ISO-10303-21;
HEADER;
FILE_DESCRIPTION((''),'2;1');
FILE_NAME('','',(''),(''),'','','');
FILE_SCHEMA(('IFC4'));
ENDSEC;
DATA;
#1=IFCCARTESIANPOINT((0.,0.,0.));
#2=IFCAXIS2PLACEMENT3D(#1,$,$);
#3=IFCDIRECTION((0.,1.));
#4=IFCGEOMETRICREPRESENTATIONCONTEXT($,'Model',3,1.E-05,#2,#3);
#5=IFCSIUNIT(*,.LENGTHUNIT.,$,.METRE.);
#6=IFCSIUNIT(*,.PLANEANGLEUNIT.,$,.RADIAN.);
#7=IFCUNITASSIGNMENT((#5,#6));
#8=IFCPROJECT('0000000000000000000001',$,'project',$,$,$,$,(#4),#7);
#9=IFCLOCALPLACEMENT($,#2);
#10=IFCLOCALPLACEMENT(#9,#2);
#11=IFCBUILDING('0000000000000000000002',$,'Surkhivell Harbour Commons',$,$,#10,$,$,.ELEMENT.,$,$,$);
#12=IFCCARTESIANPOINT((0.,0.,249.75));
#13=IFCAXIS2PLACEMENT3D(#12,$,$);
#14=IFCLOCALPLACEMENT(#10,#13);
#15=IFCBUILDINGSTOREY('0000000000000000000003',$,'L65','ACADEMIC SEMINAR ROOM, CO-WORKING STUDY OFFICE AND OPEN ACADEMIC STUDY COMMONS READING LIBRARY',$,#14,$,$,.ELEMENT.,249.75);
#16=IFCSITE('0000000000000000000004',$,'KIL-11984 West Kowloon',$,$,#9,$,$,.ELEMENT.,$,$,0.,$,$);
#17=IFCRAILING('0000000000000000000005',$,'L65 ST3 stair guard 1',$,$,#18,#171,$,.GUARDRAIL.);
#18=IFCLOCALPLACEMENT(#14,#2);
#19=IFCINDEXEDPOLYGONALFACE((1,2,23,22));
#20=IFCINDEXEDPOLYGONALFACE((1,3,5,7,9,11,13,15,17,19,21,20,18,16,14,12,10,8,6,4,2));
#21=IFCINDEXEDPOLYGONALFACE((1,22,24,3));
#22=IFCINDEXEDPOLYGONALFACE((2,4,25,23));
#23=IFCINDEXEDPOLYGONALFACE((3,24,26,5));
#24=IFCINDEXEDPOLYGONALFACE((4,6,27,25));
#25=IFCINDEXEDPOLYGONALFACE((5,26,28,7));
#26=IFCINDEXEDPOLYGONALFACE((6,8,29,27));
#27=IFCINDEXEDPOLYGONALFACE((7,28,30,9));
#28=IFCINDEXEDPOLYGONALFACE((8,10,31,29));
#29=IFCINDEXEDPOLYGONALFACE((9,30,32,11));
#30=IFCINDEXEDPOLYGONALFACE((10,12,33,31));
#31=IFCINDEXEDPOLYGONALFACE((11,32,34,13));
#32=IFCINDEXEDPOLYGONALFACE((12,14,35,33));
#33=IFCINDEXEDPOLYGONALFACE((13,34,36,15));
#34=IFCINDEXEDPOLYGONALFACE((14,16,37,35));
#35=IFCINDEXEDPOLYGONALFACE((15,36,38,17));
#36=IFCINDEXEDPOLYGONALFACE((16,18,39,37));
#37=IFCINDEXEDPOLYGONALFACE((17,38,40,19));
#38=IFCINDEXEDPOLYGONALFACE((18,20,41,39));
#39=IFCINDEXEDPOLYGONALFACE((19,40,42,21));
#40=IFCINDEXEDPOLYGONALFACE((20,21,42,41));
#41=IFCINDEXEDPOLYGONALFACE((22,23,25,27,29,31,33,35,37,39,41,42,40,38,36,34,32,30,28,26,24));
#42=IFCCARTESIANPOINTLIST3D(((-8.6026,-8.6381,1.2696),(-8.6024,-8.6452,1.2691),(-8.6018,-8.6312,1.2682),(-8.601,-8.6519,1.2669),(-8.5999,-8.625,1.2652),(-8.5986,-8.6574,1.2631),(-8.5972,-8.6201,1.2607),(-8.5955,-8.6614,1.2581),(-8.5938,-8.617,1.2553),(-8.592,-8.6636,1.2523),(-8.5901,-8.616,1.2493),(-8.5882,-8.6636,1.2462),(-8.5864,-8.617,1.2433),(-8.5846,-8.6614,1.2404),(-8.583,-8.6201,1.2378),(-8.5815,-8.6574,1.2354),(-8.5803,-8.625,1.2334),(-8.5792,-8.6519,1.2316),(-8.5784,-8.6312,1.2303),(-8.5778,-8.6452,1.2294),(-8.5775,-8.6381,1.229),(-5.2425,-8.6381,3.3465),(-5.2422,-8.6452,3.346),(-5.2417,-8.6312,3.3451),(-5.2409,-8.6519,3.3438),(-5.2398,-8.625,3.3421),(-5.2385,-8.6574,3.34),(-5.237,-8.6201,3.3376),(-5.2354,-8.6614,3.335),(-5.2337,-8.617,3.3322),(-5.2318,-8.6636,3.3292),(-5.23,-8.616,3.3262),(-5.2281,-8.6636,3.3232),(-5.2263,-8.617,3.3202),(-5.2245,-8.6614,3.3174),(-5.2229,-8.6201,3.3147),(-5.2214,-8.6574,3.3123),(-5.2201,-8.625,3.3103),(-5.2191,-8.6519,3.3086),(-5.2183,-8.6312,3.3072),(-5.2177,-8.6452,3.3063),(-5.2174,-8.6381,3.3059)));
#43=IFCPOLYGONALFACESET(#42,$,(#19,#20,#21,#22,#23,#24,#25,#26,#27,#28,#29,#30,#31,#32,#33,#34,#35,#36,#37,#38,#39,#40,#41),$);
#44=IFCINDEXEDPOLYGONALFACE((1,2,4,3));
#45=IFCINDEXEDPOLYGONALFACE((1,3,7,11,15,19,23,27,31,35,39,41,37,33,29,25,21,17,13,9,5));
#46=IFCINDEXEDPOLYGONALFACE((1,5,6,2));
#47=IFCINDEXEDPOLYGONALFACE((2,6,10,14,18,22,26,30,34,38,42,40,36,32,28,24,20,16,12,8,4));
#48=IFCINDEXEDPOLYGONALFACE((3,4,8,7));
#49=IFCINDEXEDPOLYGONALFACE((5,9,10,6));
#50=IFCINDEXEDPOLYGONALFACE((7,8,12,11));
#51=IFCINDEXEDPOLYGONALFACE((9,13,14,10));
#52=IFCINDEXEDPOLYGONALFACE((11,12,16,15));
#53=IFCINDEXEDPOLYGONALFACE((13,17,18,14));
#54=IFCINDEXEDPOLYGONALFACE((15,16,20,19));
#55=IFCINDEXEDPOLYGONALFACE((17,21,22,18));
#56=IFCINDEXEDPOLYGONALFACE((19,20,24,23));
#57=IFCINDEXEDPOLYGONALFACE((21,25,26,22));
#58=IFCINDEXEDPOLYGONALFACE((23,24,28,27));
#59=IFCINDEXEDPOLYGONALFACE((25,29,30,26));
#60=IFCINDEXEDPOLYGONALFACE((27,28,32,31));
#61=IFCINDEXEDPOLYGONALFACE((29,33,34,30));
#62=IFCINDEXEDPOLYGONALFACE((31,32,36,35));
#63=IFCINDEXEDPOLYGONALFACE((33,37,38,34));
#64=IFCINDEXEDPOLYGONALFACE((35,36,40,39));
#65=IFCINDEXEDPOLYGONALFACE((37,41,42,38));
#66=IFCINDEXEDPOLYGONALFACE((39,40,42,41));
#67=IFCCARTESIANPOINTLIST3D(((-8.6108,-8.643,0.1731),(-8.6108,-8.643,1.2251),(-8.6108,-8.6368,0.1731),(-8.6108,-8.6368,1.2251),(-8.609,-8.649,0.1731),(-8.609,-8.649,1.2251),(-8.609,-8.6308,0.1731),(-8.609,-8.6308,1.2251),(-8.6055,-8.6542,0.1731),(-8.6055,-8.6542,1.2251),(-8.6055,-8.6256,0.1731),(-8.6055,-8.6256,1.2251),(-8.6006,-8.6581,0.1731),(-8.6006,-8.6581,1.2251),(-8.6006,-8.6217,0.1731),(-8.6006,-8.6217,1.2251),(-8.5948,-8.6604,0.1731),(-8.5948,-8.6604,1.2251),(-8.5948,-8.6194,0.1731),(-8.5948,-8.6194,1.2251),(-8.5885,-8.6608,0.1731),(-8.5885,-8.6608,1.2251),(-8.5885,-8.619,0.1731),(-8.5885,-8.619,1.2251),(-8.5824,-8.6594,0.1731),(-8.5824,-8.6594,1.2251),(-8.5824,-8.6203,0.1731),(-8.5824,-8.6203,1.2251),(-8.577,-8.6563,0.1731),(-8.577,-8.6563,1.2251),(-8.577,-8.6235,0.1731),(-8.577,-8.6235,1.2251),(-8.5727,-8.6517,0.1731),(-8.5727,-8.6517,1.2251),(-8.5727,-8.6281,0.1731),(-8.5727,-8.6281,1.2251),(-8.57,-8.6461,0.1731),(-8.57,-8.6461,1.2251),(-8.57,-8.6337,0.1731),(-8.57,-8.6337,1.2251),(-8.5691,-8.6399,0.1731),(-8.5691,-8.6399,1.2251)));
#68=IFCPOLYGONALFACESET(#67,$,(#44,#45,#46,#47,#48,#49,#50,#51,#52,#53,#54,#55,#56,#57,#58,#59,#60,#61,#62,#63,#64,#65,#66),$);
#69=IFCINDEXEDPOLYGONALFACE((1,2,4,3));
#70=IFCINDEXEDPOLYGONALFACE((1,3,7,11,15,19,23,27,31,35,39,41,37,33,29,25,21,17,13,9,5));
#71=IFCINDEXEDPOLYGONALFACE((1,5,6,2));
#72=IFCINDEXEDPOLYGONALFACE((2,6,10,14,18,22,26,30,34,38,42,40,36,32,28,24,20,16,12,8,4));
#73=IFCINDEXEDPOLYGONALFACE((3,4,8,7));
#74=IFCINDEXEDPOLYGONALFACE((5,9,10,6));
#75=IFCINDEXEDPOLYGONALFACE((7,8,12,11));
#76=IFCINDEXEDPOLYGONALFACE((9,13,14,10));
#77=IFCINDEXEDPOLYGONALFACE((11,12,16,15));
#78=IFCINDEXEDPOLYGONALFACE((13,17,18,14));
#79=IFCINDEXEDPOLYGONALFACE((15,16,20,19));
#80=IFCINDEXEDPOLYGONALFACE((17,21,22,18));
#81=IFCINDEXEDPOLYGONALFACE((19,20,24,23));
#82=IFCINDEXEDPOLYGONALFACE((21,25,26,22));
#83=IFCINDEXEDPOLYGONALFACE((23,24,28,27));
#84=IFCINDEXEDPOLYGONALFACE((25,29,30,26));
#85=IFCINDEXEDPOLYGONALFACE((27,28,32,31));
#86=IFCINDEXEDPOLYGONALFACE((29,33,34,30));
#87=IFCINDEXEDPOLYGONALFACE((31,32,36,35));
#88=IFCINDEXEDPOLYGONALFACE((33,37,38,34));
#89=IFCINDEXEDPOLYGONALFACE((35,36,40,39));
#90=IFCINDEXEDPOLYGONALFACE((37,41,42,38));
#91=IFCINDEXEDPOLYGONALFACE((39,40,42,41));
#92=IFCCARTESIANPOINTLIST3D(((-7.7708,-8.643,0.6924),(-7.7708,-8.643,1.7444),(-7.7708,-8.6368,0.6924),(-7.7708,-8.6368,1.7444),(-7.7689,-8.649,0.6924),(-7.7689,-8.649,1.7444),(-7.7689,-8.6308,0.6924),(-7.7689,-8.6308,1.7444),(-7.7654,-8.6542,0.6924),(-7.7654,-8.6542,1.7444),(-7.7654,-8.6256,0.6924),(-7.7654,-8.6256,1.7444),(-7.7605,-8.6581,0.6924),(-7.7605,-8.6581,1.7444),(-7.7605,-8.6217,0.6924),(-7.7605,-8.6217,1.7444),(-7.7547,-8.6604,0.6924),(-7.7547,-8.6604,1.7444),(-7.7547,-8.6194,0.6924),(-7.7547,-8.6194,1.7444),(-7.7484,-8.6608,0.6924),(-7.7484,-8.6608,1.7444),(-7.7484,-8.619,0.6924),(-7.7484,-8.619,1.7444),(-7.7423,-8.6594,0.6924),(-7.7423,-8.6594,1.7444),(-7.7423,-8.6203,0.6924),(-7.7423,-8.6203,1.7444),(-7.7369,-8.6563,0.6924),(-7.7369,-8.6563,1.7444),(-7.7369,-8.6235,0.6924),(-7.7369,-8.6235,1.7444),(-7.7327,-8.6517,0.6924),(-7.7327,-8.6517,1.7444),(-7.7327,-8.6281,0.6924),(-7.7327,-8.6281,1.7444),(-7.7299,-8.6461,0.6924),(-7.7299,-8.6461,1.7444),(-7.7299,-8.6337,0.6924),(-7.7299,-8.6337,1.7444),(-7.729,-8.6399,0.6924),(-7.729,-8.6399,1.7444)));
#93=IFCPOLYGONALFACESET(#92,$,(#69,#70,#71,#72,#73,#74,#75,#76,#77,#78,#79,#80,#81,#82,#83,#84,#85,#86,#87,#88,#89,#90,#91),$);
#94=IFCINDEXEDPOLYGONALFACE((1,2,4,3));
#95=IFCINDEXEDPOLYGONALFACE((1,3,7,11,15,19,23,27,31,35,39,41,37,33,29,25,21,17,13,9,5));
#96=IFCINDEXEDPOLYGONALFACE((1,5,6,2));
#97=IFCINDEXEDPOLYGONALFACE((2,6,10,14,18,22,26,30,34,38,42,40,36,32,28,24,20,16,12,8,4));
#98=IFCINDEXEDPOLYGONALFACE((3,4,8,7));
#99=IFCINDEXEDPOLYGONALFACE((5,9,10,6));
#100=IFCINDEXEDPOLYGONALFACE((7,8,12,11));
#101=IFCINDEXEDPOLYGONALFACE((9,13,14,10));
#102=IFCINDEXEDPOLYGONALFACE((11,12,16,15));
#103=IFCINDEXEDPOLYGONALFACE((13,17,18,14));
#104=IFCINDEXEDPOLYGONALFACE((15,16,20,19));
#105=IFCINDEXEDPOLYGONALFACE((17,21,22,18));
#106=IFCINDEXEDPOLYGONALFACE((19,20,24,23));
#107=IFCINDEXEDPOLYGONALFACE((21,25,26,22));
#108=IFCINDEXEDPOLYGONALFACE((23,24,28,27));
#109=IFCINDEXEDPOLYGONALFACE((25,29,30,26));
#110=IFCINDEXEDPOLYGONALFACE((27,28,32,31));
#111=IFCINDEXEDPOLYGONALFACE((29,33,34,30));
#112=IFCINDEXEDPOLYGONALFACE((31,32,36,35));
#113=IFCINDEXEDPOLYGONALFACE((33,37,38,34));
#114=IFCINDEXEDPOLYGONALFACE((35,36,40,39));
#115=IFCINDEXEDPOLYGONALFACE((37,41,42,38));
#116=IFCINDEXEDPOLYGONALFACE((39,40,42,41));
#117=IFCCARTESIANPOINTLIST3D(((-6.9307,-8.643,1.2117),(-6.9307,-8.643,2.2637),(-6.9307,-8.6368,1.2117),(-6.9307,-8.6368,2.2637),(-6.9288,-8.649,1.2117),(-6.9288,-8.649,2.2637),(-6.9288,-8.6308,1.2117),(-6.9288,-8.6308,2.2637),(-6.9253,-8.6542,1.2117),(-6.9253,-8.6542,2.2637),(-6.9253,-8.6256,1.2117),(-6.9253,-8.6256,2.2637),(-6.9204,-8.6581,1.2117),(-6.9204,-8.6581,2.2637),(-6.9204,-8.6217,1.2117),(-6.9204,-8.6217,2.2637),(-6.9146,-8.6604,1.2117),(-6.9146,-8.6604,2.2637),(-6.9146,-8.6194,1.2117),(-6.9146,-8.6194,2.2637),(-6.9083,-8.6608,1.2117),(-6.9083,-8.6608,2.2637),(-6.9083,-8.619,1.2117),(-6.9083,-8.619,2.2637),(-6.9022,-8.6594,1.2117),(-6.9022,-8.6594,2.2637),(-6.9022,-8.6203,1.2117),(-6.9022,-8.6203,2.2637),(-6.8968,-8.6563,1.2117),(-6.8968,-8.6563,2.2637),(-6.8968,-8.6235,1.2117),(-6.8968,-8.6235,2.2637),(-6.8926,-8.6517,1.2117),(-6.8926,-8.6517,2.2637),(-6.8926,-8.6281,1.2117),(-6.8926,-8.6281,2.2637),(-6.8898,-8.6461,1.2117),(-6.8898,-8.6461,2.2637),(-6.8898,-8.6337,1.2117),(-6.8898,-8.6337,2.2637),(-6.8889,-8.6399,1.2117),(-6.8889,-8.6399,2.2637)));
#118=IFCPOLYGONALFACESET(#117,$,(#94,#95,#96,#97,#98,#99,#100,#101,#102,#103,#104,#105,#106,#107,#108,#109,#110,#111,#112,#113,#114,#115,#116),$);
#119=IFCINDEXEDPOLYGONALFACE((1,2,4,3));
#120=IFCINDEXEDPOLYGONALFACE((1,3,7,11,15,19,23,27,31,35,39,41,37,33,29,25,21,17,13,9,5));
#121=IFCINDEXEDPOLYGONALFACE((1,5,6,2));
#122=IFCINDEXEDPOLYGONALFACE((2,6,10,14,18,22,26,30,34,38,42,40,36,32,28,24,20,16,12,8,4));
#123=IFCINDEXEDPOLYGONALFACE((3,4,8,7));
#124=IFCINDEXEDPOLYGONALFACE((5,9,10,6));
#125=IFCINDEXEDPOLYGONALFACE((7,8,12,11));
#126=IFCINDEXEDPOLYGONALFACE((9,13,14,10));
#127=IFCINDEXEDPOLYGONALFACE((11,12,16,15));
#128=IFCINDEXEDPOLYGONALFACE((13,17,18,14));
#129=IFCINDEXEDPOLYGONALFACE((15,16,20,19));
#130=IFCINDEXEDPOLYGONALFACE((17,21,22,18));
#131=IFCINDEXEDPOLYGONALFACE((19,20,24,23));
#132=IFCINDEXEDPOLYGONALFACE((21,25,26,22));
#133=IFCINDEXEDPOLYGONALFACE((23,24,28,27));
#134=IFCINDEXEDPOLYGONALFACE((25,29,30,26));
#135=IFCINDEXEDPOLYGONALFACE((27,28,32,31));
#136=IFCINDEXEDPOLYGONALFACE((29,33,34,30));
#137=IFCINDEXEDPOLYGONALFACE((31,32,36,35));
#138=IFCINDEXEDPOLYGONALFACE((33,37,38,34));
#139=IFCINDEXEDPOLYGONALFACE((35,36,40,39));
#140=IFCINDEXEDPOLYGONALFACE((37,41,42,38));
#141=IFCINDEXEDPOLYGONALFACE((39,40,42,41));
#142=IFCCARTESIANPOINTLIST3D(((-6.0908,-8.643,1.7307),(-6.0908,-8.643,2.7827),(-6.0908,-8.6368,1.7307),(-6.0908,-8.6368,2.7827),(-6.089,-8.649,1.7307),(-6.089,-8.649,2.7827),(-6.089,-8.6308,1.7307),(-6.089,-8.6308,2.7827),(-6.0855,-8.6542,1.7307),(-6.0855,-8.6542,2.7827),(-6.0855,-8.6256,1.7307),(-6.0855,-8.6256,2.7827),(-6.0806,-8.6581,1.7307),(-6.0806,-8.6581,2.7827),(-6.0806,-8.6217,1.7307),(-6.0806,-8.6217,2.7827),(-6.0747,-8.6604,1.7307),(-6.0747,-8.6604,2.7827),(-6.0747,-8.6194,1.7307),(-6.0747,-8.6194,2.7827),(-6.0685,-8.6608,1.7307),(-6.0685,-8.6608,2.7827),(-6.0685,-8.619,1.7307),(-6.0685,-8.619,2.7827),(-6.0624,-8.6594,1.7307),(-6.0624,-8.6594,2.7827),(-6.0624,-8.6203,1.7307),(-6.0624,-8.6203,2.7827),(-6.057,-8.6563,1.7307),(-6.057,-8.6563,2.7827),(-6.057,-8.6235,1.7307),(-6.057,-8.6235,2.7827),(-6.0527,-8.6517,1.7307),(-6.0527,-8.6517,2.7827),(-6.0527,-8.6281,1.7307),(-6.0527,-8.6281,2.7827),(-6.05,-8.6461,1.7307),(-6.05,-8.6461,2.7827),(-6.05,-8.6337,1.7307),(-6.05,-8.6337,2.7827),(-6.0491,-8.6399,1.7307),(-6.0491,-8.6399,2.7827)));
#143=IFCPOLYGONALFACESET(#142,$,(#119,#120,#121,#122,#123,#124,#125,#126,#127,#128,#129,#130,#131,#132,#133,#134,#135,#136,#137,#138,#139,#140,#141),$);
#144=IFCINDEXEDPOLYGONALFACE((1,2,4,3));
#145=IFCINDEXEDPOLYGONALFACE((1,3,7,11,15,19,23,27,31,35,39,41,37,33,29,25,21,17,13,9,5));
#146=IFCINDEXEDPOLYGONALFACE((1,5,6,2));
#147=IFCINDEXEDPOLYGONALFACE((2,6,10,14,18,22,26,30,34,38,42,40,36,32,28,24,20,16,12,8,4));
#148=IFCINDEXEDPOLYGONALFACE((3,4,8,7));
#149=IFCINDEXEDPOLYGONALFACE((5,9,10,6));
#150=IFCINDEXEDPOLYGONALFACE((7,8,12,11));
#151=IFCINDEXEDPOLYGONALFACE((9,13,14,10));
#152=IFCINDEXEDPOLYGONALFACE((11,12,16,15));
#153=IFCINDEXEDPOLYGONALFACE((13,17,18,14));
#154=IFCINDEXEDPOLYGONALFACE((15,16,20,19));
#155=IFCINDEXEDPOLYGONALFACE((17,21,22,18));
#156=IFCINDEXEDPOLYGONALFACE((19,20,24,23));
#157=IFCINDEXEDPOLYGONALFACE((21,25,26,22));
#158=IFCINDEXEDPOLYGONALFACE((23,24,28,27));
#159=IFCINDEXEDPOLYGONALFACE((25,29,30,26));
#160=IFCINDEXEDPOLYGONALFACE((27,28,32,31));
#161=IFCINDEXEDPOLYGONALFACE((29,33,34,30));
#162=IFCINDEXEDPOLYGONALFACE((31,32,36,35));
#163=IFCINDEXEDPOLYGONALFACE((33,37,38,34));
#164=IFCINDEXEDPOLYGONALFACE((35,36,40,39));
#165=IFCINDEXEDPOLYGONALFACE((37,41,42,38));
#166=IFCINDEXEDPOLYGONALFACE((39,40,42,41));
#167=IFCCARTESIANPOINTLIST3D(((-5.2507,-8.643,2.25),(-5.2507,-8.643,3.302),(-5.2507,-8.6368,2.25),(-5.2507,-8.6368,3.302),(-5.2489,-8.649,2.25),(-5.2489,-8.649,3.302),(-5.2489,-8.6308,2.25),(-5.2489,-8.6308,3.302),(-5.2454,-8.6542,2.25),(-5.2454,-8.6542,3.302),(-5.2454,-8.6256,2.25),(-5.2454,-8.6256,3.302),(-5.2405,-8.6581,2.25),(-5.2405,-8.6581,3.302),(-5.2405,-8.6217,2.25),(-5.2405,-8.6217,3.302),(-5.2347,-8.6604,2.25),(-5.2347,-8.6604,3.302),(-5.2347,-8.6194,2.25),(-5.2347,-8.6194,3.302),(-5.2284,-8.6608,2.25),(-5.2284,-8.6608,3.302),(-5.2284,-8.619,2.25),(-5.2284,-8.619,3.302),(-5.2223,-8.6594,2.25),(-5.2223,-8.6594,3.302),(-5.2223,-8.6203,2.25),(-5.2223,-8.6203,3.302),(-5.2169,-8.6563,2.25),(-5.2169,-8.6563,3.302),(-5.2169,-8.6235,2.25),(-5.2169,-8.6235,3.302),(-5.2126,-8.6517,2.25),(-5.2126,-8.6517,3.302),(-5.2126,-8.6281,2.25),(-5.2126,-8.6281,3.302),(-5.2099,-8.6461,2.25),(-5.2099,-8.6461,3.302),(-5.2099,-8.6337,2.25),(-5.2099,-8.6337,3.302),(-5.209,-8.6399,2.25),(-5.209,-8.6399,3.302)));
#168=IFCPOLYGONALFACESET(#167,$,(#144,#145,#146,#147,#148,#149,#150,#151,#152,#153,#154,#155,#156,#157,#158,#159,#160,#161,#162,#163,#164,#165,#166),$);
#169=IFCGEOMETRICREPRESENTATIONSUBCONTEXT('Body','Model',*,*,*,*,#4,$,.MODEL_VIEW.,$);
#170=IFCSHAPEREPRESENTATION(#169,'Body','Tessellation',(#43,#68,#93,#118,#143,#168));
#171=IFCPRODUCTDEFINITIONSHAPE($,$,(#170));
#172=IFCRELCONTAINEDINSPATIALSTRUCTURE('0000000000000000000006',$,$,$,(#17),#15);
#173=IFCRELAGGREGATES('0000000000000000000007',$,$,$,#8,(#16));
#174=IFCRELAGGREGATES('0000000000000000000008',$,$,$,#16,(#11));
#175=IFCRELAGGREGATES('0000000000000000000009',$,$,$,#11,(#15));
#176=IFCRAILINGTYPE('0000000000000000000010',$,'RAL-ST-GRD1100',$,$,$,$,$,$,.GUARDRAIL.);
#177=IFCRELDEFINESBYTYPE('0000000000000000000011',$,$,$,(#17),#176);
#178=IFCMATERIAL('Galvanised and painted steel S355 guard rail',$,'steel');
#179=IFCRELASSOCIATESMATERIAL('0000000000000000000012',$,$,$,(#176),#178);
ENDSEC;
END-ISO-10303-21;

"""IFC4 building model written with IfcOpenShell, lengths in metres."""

from ifc_helpers import new_model, si_unit, direction, frame, origin, origin_2d, place, context, subcontext, project, spatial, circle, extrude, material, type_object, element, save


model = new_model("IFC4")

# Units and contexts
model_context = context("Model", 3, precision=1e-05, world=origin(), true_north=direction((0.0, 1.0)))
body_context = subcontext(model_context, "Body", "Model", "MODEL_VIEW")
ifc_project = project(units=[si_unit("LENGTHUNIT", "METRE"), si_unit("PLANEANGLEUNIT", "RADIAN")], contexts=[model_context])

# Site, building, storey
site_placement = place(None, origin())
site = spatial("IfcSite", under=ifc_project, at=site_placement, Name="KIL-11984 West Kowloon", CompositionType="ELEMENT", RefElevation=0.0)
building_placement = place(site_placement, origin())
building = spatial("IfcBuilding", under=site, at=building_placement, Name="Surkhivell Harbour Commons", CompositionType="ELEMENT")
storey_placement = place(building_placement, frame((0.0, 0.0, 249.75)))
storey = spatial("IfcBuildingStorey", under=building, at=storey_placement, Name="L65", Description="ACADEMIC SEMINAR ROOM, CO-WORKING STUDY OFFICE AND OPEN ACADEMIC STUDY COMMONS READING LIBRARY", CompositionType="ELEMENT", Elevation=249.75)

# Railing
ifc_material_1 = material(Name="Galvanised and painted steel S355 guard rail", Category="steel")
railing_type_1 = type_object("IfcRailingType", Name="RAL-ST-GRD1100", PredefinedType="GUARDRAIL", material=ifc_material_1)
railing_1_placement = place(storey_placement, frame((-8.5901, -8.6399, 0.1731)))
element("IfcRailing", 1, at=railing_1_placement, inside=storey, type_object=railing_type_1, Name="L65 ST3 stair guard 1", PredefinedType="GUARDRAIL", context=body_context, shape_type="SweptSolid", body=[
    extrude(circle(Radius=0.0239, at=origin_2d()), frame((0.0, 0.0, 1.0762), z_axis=(0.850623, 0.0, 0.525776), x_axis=(0.0, 1.0, 0.0)), (0.0, 0.0, 1.0), 3.9502),
    extrude(circle(Radius=0.021, at=origin_2d()), origin(), (0.0, 0.0, 1.0), 1.052),
    extrude(circle(Radius=0.021, at=origin_2d()), frame((0.8401, 0.0, 0.5193)), (0.0, 0.0, 1.0), 1.052),
    extrude(circle(Radius=0.021, at=origin_2d()), frame((1.6802, 0.0, 1.0386)), (0.0, 0.0, 1.0), 1.052),
    extrude(circle(Radius=0.021, at=origin_2d()), frame((2.52, 0.0, 1.5576)), (0.0, 0.0, 1.0), 1.052),
    extrude(circle(Radius=0.021, at=origin_2d()), frame((3.3601, 0.0, 2.0769)), (0.0, 0.0, 1.0), 1.052),
])

save(model, "model.ifc")
